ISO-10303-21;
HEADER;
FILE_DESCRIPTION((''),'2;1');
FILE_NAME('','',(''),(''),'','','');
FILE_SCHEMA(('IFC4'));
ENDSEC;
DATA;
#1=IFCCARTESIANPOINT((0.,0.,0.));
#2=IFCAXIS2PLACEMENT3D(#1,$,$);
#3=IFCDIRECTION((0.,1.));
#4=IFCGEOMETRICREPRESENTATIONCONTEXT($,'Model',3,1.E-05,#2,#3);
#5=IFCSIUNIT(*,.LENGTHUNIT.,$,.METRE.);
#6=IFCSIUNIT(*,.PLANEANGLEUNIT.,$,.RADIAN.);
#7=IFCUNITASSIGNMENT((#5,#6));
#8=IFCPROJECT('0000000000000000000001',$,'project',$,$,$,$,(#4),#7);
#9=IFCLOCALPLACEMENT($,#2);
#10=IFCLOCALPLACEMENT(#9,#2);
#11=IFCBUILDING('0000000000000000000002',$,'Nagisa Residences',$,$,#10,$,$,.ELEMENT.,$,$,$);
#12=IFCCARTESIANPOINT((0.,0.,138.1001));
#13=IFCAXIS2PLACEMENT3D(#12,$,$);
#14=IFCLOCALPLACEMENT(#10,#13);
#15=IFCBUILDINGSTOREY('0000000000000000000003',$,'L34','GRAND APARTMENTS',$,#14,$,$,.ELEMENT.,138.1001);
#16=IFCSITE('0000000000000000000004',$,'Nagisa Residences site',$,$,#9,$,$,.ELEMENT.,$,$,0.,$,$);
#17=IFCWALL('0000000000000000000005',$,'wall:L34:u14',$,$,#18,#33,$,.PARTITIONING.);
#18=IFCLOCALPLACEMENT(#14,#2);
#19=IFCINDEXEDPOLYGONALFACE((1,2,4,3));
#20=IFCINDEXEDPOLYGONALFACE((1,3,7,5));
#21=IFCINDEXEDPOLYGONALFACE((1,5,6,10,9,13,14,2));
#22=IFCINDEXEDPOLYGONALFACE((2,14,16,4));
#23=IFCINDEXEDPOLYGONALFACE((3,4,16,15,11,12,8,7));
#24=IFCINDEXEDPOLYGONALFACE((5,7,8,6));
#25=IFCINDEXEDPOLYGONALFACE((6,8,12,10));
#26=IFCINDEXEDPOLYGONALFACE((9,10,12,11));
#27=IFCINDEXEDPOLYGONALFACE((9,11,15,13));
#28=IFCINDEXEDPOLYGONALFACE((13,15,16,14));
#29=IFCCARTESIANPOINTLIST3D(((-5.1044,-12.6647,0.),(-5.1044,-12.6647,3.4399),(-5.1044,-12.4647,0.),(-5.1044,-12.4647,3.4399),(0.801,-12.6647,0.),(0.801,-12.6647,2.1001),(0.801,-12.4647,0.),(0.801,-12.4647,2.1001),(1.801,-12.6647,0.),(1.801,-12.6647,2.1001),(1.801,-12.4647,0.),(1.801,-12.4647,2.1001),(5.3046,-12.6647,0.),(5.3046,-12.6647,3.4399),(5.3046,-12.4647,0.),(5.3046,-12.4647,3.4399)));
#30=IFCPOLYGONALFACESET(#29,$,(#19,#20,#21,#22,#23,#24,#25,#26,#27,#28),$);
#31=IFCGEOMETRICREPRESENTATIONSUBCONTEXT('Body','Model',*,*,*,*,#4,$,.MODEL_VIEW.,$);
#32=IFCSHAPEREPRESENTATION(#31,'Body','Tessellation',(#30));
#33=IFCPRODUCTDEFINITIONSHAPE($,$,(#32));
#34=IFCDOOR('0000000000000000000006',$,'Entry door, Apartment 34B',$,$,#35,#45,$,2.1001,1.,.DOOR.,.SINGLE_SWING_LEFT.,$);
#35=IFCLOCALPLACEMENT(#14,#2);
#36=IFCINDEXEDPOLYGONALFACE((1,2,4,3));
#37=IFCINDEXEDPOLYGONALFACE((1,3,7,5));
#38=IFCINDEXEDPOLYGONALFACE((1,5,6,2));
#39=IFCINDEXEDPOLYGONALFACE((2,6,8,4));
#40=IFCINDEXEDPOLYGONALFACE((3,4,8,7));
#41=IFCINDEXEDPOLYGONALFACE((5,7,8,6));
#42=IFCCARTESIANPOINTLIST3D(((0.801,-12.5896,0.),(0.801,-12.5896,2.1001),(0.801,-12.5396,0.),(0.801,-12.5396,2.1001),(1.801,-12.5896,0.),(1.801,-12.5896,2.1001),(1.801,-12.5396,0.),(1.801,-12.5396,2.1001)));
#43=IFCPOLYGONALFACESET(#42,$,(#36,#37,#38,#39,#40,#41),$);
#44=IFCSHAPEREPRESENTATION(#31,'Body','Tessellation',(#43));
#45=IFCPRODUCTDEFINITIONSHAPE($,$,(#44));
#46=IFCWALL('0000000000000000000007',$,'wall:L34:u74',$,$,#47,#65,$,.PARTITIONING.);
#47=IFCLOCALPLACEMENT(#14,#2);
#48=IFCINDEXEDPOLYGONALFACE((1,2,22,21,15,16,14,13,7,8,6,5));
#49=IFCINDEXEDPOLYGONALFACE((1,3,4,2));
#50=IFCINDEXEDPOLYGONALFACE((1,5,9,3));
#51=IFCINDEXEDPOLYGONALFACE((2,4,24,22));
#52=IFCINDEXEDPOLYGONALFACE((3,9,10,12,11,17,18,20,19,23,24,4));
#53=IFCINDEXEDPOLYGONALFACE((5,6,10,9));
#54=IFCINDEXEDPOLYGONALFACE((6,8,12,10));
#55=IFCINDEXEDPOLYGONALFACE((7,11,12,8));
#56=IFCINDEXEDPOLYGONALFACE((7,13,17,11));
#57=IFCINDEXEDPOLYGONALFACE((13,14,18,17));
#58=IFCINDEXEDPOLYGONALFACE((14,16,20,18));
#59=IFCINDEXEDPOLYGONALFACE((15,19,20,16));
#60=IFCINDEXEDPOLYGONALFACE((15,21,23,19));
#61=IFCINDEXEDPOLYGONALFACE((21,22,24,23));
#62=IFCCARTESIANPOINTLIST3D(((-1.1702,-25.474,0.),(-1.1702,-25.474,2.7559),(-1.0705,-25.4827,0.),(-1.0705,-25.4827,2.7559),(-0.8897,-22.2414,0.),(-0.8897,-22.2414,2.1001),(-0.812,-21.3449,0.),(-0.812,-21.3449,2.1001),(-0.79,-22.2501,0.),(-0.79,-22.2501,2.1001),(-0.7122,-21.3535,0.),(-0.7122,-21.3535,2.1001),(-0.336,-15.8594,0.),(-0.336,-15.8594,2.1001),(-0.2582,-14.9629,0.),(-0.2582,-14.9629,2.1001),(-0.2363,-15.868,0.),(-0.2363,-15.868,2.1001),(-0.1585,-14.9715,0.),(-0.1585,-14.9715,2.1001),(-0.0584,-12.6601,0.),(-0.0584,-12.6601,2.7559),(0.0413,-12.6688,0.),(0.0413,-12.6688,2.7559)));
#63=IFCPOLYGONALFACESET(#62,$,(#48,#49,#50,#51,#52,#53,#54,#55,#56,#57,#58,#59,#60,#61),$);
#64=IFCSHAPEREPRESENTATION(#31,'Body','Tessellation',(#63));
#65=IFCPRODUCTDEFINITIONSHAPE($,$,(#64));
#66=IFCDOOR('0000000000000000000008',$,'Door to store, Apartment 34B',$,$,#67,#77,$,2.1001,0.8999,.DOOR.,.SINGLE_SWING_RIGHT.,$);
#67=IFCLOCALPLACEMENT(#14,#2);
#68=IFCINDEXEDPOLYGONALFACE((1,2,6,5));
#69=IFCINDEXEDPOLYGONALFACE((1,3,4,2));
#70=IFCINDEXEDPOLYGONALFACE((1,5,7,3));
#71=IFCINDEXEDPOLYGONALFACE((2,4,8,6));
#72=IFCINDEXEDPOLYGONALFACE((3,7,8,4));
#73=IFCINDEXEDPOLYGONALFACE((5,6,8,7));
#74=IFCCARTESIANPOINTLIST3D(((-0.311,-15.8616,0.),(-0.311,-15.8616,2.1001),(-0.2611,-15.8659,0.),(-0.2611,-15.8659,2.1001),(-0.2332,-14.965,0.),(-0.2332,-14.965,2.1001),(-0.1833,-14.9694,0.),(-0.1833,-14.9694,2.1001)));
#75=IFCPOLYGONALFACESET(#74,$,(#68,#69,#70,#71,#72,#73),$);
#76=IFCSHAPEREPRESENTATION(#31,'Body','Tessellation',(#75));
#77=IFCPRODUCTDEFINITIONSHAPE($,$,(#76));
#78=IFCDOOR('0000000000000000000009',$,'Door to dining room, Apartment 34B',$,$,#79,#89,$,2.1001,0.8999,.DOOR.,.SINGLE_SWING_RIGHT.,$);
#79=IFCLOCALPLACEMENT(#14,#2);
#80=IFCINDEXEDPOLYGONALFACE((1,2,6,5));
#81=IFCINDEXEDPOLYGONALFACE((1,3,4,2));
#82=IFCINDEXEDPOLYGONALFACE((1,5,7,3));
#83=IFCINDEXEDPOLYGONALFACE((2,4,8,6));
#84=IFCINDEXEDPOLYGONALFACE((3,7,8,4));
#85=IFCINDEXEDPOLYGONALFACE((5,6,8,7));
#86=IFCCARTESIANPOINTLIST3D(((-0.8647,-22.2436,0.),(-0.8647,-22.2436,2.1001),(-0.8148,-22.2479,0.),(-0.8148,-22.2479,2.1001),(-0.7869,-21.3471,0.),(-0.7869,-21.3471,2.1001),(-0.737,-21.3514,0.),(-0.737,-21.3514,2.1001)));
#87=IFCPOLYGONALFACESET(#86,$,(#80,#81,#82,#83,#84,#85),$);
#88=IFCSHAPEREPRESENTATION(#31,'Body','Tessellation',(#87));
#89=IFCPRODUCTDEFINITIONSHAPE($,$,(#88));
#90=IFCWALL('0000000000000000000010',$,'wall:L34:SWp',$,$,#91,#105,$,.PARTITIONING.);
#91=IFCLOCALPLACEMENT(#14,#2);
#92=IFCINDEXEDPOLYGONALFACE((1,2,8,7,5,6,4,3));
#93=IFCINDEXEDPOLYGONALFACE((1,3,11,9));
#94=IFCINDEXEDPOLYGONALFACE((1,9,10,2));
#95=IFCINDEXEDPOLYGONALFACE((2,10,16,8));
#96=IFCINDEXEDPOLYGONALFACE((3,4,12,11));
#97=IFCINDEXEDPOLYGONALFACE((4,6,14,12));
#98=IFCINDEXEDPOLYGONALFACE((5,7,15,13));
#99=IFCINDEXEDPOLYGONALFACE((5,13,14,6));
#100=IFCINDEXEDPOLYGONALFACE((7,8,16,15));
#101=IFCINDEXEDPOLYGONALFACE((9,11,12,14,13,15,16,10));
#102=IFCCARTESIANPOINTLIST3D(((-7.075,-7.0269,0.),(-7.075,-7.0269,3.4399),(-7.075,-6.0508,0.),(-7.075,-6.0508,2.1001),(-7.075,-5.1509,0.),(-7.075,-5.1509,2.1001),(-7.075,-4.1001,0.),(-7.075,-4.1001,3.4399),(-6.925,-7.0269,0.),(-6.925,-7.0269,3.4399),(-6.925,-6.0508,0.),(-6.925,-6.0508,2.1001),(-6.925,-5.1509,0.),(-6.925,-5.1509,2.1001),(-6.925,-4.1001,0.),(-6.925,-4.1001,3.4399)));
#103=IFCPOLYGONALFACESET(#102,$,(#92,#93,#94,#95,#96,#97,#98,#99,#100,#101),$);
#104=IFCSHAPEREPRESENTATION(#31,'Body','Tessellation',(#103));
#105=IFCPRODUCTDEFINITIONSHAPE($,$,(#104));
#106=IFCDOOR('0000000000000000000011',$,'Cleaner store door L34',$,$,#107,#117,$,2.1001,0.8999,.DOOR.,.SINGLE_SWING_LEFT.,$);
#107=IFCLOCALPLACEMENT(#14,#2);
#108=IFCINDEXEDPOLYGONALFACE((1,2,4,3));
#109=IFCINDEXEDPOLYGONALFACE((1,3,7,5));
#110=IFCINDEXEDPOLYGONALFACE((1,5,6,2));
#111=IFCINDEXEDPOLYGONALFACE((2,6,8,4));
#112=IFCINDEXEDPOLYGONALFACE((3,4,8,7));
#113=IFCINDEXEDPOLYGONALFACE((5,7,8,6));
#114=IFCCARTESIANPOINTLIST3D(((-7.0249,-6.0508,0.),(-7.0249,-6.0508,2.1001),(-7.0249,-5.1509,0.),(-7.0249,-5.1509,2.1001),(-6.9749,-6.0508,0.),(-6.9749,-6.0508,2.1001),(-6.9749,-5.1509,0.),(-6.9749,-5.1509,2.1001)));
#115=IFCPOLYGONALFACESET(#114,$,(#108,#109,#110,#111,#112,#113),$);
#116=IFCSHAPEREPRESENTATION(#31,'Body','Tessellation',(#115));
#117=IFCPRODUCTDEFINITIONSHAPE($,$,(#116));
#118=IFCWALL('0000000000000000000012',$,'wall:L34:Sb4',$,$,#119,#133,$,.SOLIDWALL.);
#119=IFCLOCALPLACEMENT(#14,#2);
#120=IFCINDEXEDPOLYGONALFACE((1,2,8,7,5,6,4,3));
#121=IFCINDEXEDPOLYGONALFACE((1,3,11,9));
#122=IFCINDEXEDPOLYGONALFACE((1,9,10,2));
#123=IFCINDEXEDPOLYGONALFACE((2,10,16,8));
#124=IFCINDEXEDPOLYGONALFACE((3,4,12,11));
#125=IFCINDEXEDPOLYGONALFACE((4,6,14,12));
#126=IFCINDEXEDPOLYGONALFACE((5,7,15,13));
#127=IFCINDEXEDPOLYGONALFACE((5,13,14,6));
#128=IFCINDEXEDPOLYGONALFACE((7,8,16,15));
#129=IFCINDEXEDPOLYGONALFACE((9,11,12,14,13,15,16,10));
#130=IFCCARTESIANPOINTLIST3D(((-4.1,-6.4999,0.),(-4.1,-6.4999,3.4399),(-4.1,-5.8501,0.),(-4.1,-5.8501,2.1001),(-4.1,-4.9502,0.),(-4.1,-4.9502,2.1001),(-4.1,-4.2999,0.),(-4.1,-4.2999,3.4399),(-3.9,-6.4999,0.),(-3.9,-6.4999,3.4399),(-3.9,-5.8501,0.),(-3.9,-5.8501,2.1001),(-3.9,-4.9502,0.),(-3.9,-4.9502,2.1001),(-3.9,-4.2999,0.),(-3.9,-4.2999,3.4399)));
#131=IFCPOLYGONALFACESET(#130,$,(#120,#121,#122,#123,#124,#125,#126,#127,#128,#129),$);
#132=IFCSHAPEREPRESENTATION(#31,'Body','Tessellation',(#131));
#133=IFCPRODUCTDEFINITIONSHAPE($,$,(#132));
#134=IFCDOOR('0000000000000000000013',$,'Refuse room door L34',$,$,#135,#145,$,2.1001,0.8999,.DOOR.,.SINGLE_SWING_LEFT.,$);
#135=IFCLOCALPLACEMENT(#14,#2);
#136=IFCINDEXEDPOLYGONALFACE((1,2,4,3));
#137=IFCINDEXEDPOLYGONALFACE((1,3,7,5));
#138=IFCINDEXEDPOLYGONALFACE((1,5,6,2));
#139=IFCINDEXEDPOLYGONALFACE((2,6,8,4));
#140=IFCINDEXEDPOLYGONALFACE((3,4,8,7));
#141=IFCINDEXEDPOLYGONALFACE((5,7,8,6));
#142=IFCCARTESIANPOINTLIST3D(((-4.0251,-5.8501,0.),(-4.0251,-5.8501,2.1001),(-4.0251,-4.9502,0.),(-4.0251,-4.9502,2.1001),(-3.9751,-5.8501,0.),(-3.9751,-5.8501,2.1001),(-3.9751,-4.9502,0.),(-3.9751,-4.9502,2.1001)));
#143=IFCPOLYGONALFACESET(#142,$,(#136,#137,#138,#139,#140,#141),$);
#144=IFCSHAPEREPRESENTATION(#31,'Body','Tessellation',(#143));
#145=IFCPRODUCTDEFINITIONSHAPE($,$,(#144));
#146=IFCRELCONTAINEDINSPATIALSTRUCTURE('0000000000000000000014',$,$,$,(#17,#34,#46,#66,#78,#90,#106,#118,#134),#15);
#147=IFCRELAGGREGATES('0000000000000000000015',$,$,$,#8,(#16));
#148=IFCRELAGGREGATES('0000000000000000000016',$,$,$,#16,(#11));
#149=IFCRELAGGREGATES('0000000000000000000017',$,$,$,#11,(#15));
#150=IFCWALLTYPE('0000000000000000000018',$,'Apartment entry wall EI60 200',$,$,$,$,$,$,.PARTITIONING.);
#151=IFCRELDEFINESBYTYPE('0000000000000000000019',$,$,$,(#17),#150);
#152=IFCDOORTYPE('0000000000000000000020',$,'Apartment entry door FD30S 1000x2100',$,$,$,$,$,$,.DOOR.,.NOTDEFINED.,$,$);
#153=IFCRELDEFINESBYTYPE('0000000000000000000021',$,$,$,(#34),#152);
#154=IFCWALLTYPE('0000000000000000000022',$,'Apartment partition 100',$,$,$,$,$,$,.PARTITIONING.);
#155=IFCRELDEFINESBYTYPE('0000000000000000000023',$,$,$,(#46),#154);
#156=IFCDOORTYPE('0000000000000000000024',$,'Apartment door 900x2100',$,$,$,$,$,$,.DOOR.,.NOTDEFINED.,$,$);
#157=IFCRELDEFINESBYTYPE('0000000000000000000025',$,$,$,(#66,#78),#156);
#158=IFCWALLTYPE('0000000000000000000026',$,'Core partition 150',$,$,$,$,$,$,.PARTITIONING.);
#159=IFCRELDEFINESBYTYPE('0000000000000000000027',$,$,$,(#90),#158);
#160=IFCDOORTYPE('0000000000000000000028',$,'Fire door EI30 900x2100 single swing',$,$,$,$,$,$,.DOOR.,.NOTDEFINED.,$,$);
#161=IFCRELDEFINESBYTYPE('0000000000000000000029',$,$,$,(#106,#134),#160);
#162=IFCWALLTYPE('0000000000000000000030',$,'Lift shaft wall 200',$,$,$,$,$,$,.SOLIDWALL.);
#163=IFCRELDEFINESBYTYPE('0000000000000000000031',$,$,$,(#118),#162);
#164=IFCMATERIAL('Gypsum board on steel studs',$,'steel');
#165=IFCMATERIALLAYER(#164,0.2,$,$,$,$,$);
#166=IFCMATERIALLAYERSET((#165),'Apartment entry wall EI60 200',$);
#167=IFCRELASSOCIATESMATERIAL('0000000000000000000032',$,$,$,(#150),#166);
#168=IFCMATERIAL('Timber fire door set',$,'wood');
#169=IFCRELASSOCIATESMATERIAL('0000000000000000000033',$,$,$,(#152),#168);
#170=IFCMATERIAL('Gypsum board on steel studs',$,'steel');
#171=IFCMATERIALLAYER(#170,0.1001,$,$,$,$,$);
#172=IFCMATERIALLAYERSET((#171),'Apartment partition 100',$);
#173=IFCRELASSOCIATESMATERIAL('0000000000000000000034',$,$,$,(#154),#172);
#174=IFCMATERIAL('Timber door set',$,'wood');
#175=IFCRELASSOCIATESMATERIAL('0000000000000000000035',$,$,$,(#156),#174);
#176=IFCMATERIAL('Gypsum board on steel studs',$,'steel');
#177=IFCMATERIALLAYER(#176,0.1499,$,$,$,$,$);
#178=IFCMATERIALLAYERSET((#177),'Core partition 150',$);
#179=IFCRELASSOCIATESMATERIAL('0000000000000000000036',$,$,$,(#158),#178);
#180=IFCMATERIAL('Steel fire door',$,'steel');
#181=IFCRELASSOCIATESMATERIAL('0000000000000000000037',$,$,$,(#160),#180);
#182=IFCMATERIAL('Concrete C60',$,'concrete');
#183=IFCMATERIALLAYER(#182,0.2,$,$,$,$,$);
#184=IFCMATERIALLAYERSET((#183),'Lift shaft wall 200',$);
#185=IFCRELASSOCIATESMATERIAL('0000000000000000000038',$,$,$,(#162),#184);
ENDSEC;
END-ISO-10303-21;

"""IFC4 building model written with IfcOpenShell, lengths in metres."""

from ifc_helpers import new_model, si_unit, direction, frame, frame_2d, origin, place, context, subcontext, project, spatial, rectangle, extrude, material, layer, layer_set, type_object, element, fill, save


model = new_model("IFC4")

# Units and contexts
model_context = context("Model", 3, precision=1e-05, world=origin(), true_north=direction((0.0, 1.0)))
body_context = subcontext(model_context, "Body", "Model", "MODEL_VIEW")
ifc_project = project(units=[si_unit("LENGTHUNIT", "METRE"), si_unit("PLANEANGLEUNIT", "RADIAN")], contexts=[model_context])

# Site, building, storey
site_placement = place(None, origin())
site = spatial("IfcSite", under=ifc_project, at=site_placement, Name="Nagisa Residences site", CompositionType="ELEMENT", RefElevation=0.0)
building_placement = place(site_placement, origin())
building = spatial("IfcBuilding", under=site, at=building_placement, Name="Nagisa Residences", CompositionType="ELEMENT")
storey_placement = place(building_placement, frame((0.0, 0.0, 138.1001)))
storey = spatial("IfcBuildingStorey", under=building, at=storey_placement, Name="L34", Description="GRAND APARTMENTS", CompositionType="ELEMENT", Elevation=138.1001)

# Wall, opening, door
ifc_material_1 = material(Name="Gypsum board on steel studs", Category="steel")
ifc_layer_1 = layer(ifc_material_1, 0.2)
ifc_layer_set_1 = layer_set([ifc_layer_1], Name="Apartment entry wall EI60 200")
wall_type_1 = type_object("IfcWallType", Name="Apartment entry wall EI60 200", PredefinedType="PARTITIONING", material=ifc_layer_set_1)
wall_1_placement = place(storey_placement, frame((-5.1045, -12.5647, 0.0), z_axis=(0.0, 0.0, 1.0), x_axis=(1.0, 0.0, 0.0)))
wall_1 = element("IfcWall", 1, at=wall_1_placement, inside=storey, type_object=wall_type_1, Name="wall:L34:u14", PredefinedType="PARTITIONING", context=body_context, shape_type="SweptSolid", body=[
    extrude(rectangle(XDim=10.4089, YDim=0.2, at=frame_2d((5.2046, 0.0))), origin(), (0.0, 0.0, 1.0), 3.4399),
])
opening_1_placement = place(wall_1_placement, frame((5.9055, 0.0, 0.0)))
opening_1 = element("IfcOpeningElement", 2, at=opening_1_placement, cuts=wall_1, PredefinedType="OPENING", context=body_context, shape_type="SweptSolid", body=[
    extrude(rectangle(XDim=1.0, YDim=2.1001, at=frame_2d((0.5, 1.05))), frame((0.0, 0.1099, 0.0), z_axis=(0.0, -1.0, 0.0), x_axis=(1.0, 0.0, 0.0)), (0.0, 0.0, 1.0), 0.22),
])
ifc_material_2 = material(Name="Timber fire door set", Category="wood")
door_type_1 = type_object("IfcDoorType", Name="Apartment entry door FD30S 1000x2100", OperationType="NOTDEFINED", PredefinedType="DOOR", material=ifc_material_2)
door_1_placement = place(opening_1_placement, frame((1.0, 0.0, 0.0), x_axis=(-1.0, 0.0, 0.0)))
door_1 = element("IfcDoor", 3, at=door_1_placement, inside=storey, type_object=door_type_1, Name="Entry door, Apartment 34B", OperationType="SINGLE_SWING_LEFT", OverallHeight=2.1001, OverallWidth=1.0, PredefinedType="DOOR", context=body_context, shape_type="SweptSolid", body=[
    extrude(rectangle(XDim=1.0, YDim=2.1001, at=frame_2d((0.5, 1.05))), frame((0.0, 0.0249, 0.0), z_axis=(0.0, -1.0, 0.0), x_axis=(1.0, 0.0, 0.0)), (0.0, 0.0, 1.0), 0.05),
])
fill(opening_1, door_1)

# Wall, openings, doors
ifc_material_3 = material(Name="Gypsum board on steel studs", Category="steel")
ifc_layer_2 = layer(ifc_material_3, 0.1001)
ifc_layer_set_2 = layer_set([ifc_layer_2], Name="Apartment partition 100")
wall_type_2 = type_object("IfcWallType", Name="Apartment partition 100", PredefinedType="PARTITIONING", material=ifc_layer_set_2)
wall_2_placement = place(storey_placement, frame((-0.0085, -12.6643, 0.0), z_axis=(0.0, 0.0, 1.0), x_axis=(-0.086441, -0.996257, 0.0)))
wall_2 = element("IfcWall", 4, at=wall_2_placement, inside=storey, type_object=wall_type_2, Name="wall:L34:u74", PredefinedType="PARTITIONING", context=body_context, shape_type="SweptSolid", body=[
    extrude(rectangle(XDim=12.8621, YDim=0.1001, at=frame_2d((6.4312, 0.0))), origin(), (0.0, 0.0, 1.0), 2.7559),
])
opening_2_placement = place(wall_2_placement, frame((2.3115, 0.0, 0.0)))
opening_2 = element("IfcOpeningElement", 5, at=opening_2_placement, cuts=wall_2, PredefinedType="OPENING", context=body_context, shape_type="SweptSolid", body=[
    extrude(rectangle(XDim=0.8999, YDim=2.1001, at=frame_2d((0.45, 1.05))), frame((0.0, 0.0601, 0.0), z_axis=(0.0, -1.0, 0.0), x_axis=(1.0, 0.0, 0.0)), (0.0, 0.0, 1.0), 0.1201),
])
opening_3_placement = place(wall_2_placement, frame((8.7175, 0.0, 0.0)))
opening_3 = element("IfcOpeningElement", 6, at=opening_3_placement, cuts=wall_2, PredefinedType="OPENING", context=body_context, shape_type="SweptSolid", body=[
    extrude(rectangle(XDim=0.8999, YDim=2.1001, at=frame_2d((0.45, 1.05))), frame((0.0, 0.0601, 0.0), z_axis=(0.0, -1.0, 0.0), x_axis=(1.0, 0.0, 0.0)), (0.0, 0.0, 1.0), 0.1201),
])
ifc_material_4 = material(Name="Timber door set", Category="wood")
door_type_2 = type_object("IfcDoorType", Name="Apartment door 900x2100", OperationType="NOTDEFINED", PredefinedType="DOOR", material=ifc_material_4)
door_2_placement = place(opening_2_placement, frame((0.8999, 0.0, 0.0), x_axis=(-1.0, 0.0, 0.0)))
door_2 = element("IfcDoor", 7, at=door_2_placement, inside=storey, type_object=door_type_2, Name="Door to store, Apartment 34B", OperationType="SINGLE_SWING_RIGHT", OverallHeight=2.1001, OverallWidth=0.8999, PredefinedType="DOOR", context=body_context, shape_type="SweptSolid", body=[
    extrude(rectangle(XDim=0.8999, YDim=2.1001, at=frame_2d((0.45, 1.05))), frame((0.0, 0.0249, 0.0), z_axis=(0.0, -1.0, 0.0), x_axis=(1.0, 0.0, 0.0)), (0.0, 0.0, 1.0), 0.05),
])
fill(opening_2, door_2)
door_3_placement = place(opening_3_placement, frame((0.8999, 0.0, 0.0), x_axis=(-1.0, 0.0, 0.0)))
door_3 = element("IfcDoor", 8, at=door_3_placement, inside=storey, type_object=door_type_2, Name="Door to dining room, Apartment 34B", OperationType="SINGLE_SWING_RIGHT", OverallHeight=2.1001, OverallWidth=0.8999, PredefinedType="DOOR", context=body_context, shape_type="SweptSolid", body=[
    extrude(rectangle(XDim=0.8999, YDim=2.1001, at=frame_2d((0.45, 1.05))), frame((0.0, 0.0249, 0.0), z_axis=(0.0, -1.0, 0.0), x_axis=(1.0, 0.0, 0.0)), (0.0, 0.0, 1.0), 0.05),
])
fill(opening_3, door_3)

# Walls, openings, doors
ifc_material_5 = material(Name="Gypsum board on steel studs", Category="steel")
ifc_layer_3 = layer(ifc_material_5, 0.1499)
ifc_layer_set_3 = layer_set([ifc_layer_3], Name="Core partition 150")
wall_type_3 = type_object("IfcWallType", Name="Core partition 150", PredefinedType="PARTITIONING", material=ifc_layer_set_3)
wall_3_placement = place(storey_placement, frame((-7.0, -7.0269, 0.0), z_axis=(0.0, 0.0, 1.0), x_axis=(0.0, 1.0, 0.0)))
wall_3 = element("IfcWall", 9, at=wall_3_placement, inside=storey, type_object=wall_type_3, Name="wall:L34:SWp", PredefinedType="PARTITIONING", context=body_context, shape_type="SweptSolid", body=[
    extrude(rectangle(XDim=2.9268, YDim=0.1499, at=frame_2d((1.4634, 0.0))), origin(), (0.0, 0.0, 1.0), 3.4399),
])
opening_4_placement = place(wall_3_placement, frame((0.9761, 0.0, 0.0)))
opening_4 = element("IfcOpeningElement", 10, at=opening_4_placement, cuts=wall_3, PredefinedType="OPENING", context=body_context, shape_type="SweptSolid", body=[
    extrude(rectangle(XDim=0.8999, YDim=2.1001, at=frame_2d((0.45, 1.05))), frame((0.0, 0.085, 0.0), z_axis=(0.0, -1.0, 0.0), x_axis=(1.0, 0.0, 0.0)), (0.0, 0.0, 1.0), 0.1699),
])
ifc_material_6 = material(Name="Steel fire door", Category="steel")
door_type_3 = type_object("IfcDoorType", Name="Fire door EI30 900x2100 single swing", OperationType="NOTDEFINED", PredefinedType="DOOR", material=ifc_material_6)
door_4_placement = place(opening_4_placement, origin())
door_4 = element("IfcDoor", 11, at=door_4_placement, inside=storey, type_object=door_type_3, Name="Cleaner store door L34", OperationType="SINGLE_SWING_LEFT", OverallHeight=2.1001, OverallWidth=0.8999, PredefinedType="DOOR", context=body_context, shape_type="SweptSolid", body=[
    extrude(rectangle(XDim=0.8999, YDim=2.1001, at=frame_2d((0.45, 1.05))), frame((0.0, 0.0249, 0.0), z_axis=(0.0, -1.0, 0.0), x_axis=(1.0, 0.0, 0.0)), (0.0, 0.0, 1.0), 0.05),
])
fill(opening_4, door_4)
ifc_material_7 = material(Name="Concrete C60", Category="concrete")
ifc_layer_4 = layer(ifc_material_7, 0.2)
ifc_layer_set_4 = layer_set([ifc_layer_4], Name="Lift shaft wall 200")
wall_type_4 = type_object("IfcWallType", Name="Lift shaft wall 200", PredefinedType="SOLIDWALL", material=ifc_layer_set_4)
wall_4_placement = place(storey_placement, frame((-4.0, -6.5, 0.0), z_axis=(0.0, 0.0, 1.0), x_axis=(0.0, 1.0, 0.0)))
wall_4 = element("IfcWall", 12, at=wall_4_placement, inside=storey, type_object=wall_type_4, Name="wall:L34:Sb4", PredefinedType="SOLIDWALL", context=body_context, shape_type="SweptSolid", body=[
    extrude(rectangle(XDim=2.2, YDim=0.2, at=frame_2d((1.1001, 0.0))), origin(), (0.0, 0.0, 1.0), 3.4399),
])
opening_5_placement = place(wall_4_placement, frame((0.6499, 0.0, 0.0)))
opening_5 = element("IfcOpeningElement", 13, at=opening_5_placement, cuts=wall_4, PredefinedType="OPENING", context=body_context, shape_type="SweptSolid", body=[
    extrude(rectangle(XDim=0.8999, YDim=2.1001, at=frame_2d((0.45, 1.05))), frame((0.0, 0.1099, 0.0), z_axis=(0.0, -1.0, 0.0), x_axis=(1.0, 0.0, 0.0)), (0.0, 0.0, 1.0), 0.22),
])
door_5_placement = place(opening_5_placement, frame((0.8999, 0.0, 0.0), x_axis=(-1.0, 0.0, 0.0)))
door_5 = element("IfcDoor", 14, at=door_5_placement, inside=storey, type_object=door_type_3, Name="Refuse room door L34", OperationType="SINGLE_SWING_LEFT", OverallHeight=2.1001, OverallWidth=0.8999, PredefinedType="DOOR", context=body_context, shape_type="SweptSolid", body=[
    extrude(rectangle(XDim=0.8999, YDim=2.1001, at=frame_2d((0.45, 1.05))), frame((0.0, 0.0249, 0.0), z_axis=(0.0, -1.0, 0.0), x_axis=(1.0, 0.0, 0.0)), (0.0, 0.0, 1.0), 0.05),
])
fill(opening_5, door_5)

save(model, "model.ifc")
